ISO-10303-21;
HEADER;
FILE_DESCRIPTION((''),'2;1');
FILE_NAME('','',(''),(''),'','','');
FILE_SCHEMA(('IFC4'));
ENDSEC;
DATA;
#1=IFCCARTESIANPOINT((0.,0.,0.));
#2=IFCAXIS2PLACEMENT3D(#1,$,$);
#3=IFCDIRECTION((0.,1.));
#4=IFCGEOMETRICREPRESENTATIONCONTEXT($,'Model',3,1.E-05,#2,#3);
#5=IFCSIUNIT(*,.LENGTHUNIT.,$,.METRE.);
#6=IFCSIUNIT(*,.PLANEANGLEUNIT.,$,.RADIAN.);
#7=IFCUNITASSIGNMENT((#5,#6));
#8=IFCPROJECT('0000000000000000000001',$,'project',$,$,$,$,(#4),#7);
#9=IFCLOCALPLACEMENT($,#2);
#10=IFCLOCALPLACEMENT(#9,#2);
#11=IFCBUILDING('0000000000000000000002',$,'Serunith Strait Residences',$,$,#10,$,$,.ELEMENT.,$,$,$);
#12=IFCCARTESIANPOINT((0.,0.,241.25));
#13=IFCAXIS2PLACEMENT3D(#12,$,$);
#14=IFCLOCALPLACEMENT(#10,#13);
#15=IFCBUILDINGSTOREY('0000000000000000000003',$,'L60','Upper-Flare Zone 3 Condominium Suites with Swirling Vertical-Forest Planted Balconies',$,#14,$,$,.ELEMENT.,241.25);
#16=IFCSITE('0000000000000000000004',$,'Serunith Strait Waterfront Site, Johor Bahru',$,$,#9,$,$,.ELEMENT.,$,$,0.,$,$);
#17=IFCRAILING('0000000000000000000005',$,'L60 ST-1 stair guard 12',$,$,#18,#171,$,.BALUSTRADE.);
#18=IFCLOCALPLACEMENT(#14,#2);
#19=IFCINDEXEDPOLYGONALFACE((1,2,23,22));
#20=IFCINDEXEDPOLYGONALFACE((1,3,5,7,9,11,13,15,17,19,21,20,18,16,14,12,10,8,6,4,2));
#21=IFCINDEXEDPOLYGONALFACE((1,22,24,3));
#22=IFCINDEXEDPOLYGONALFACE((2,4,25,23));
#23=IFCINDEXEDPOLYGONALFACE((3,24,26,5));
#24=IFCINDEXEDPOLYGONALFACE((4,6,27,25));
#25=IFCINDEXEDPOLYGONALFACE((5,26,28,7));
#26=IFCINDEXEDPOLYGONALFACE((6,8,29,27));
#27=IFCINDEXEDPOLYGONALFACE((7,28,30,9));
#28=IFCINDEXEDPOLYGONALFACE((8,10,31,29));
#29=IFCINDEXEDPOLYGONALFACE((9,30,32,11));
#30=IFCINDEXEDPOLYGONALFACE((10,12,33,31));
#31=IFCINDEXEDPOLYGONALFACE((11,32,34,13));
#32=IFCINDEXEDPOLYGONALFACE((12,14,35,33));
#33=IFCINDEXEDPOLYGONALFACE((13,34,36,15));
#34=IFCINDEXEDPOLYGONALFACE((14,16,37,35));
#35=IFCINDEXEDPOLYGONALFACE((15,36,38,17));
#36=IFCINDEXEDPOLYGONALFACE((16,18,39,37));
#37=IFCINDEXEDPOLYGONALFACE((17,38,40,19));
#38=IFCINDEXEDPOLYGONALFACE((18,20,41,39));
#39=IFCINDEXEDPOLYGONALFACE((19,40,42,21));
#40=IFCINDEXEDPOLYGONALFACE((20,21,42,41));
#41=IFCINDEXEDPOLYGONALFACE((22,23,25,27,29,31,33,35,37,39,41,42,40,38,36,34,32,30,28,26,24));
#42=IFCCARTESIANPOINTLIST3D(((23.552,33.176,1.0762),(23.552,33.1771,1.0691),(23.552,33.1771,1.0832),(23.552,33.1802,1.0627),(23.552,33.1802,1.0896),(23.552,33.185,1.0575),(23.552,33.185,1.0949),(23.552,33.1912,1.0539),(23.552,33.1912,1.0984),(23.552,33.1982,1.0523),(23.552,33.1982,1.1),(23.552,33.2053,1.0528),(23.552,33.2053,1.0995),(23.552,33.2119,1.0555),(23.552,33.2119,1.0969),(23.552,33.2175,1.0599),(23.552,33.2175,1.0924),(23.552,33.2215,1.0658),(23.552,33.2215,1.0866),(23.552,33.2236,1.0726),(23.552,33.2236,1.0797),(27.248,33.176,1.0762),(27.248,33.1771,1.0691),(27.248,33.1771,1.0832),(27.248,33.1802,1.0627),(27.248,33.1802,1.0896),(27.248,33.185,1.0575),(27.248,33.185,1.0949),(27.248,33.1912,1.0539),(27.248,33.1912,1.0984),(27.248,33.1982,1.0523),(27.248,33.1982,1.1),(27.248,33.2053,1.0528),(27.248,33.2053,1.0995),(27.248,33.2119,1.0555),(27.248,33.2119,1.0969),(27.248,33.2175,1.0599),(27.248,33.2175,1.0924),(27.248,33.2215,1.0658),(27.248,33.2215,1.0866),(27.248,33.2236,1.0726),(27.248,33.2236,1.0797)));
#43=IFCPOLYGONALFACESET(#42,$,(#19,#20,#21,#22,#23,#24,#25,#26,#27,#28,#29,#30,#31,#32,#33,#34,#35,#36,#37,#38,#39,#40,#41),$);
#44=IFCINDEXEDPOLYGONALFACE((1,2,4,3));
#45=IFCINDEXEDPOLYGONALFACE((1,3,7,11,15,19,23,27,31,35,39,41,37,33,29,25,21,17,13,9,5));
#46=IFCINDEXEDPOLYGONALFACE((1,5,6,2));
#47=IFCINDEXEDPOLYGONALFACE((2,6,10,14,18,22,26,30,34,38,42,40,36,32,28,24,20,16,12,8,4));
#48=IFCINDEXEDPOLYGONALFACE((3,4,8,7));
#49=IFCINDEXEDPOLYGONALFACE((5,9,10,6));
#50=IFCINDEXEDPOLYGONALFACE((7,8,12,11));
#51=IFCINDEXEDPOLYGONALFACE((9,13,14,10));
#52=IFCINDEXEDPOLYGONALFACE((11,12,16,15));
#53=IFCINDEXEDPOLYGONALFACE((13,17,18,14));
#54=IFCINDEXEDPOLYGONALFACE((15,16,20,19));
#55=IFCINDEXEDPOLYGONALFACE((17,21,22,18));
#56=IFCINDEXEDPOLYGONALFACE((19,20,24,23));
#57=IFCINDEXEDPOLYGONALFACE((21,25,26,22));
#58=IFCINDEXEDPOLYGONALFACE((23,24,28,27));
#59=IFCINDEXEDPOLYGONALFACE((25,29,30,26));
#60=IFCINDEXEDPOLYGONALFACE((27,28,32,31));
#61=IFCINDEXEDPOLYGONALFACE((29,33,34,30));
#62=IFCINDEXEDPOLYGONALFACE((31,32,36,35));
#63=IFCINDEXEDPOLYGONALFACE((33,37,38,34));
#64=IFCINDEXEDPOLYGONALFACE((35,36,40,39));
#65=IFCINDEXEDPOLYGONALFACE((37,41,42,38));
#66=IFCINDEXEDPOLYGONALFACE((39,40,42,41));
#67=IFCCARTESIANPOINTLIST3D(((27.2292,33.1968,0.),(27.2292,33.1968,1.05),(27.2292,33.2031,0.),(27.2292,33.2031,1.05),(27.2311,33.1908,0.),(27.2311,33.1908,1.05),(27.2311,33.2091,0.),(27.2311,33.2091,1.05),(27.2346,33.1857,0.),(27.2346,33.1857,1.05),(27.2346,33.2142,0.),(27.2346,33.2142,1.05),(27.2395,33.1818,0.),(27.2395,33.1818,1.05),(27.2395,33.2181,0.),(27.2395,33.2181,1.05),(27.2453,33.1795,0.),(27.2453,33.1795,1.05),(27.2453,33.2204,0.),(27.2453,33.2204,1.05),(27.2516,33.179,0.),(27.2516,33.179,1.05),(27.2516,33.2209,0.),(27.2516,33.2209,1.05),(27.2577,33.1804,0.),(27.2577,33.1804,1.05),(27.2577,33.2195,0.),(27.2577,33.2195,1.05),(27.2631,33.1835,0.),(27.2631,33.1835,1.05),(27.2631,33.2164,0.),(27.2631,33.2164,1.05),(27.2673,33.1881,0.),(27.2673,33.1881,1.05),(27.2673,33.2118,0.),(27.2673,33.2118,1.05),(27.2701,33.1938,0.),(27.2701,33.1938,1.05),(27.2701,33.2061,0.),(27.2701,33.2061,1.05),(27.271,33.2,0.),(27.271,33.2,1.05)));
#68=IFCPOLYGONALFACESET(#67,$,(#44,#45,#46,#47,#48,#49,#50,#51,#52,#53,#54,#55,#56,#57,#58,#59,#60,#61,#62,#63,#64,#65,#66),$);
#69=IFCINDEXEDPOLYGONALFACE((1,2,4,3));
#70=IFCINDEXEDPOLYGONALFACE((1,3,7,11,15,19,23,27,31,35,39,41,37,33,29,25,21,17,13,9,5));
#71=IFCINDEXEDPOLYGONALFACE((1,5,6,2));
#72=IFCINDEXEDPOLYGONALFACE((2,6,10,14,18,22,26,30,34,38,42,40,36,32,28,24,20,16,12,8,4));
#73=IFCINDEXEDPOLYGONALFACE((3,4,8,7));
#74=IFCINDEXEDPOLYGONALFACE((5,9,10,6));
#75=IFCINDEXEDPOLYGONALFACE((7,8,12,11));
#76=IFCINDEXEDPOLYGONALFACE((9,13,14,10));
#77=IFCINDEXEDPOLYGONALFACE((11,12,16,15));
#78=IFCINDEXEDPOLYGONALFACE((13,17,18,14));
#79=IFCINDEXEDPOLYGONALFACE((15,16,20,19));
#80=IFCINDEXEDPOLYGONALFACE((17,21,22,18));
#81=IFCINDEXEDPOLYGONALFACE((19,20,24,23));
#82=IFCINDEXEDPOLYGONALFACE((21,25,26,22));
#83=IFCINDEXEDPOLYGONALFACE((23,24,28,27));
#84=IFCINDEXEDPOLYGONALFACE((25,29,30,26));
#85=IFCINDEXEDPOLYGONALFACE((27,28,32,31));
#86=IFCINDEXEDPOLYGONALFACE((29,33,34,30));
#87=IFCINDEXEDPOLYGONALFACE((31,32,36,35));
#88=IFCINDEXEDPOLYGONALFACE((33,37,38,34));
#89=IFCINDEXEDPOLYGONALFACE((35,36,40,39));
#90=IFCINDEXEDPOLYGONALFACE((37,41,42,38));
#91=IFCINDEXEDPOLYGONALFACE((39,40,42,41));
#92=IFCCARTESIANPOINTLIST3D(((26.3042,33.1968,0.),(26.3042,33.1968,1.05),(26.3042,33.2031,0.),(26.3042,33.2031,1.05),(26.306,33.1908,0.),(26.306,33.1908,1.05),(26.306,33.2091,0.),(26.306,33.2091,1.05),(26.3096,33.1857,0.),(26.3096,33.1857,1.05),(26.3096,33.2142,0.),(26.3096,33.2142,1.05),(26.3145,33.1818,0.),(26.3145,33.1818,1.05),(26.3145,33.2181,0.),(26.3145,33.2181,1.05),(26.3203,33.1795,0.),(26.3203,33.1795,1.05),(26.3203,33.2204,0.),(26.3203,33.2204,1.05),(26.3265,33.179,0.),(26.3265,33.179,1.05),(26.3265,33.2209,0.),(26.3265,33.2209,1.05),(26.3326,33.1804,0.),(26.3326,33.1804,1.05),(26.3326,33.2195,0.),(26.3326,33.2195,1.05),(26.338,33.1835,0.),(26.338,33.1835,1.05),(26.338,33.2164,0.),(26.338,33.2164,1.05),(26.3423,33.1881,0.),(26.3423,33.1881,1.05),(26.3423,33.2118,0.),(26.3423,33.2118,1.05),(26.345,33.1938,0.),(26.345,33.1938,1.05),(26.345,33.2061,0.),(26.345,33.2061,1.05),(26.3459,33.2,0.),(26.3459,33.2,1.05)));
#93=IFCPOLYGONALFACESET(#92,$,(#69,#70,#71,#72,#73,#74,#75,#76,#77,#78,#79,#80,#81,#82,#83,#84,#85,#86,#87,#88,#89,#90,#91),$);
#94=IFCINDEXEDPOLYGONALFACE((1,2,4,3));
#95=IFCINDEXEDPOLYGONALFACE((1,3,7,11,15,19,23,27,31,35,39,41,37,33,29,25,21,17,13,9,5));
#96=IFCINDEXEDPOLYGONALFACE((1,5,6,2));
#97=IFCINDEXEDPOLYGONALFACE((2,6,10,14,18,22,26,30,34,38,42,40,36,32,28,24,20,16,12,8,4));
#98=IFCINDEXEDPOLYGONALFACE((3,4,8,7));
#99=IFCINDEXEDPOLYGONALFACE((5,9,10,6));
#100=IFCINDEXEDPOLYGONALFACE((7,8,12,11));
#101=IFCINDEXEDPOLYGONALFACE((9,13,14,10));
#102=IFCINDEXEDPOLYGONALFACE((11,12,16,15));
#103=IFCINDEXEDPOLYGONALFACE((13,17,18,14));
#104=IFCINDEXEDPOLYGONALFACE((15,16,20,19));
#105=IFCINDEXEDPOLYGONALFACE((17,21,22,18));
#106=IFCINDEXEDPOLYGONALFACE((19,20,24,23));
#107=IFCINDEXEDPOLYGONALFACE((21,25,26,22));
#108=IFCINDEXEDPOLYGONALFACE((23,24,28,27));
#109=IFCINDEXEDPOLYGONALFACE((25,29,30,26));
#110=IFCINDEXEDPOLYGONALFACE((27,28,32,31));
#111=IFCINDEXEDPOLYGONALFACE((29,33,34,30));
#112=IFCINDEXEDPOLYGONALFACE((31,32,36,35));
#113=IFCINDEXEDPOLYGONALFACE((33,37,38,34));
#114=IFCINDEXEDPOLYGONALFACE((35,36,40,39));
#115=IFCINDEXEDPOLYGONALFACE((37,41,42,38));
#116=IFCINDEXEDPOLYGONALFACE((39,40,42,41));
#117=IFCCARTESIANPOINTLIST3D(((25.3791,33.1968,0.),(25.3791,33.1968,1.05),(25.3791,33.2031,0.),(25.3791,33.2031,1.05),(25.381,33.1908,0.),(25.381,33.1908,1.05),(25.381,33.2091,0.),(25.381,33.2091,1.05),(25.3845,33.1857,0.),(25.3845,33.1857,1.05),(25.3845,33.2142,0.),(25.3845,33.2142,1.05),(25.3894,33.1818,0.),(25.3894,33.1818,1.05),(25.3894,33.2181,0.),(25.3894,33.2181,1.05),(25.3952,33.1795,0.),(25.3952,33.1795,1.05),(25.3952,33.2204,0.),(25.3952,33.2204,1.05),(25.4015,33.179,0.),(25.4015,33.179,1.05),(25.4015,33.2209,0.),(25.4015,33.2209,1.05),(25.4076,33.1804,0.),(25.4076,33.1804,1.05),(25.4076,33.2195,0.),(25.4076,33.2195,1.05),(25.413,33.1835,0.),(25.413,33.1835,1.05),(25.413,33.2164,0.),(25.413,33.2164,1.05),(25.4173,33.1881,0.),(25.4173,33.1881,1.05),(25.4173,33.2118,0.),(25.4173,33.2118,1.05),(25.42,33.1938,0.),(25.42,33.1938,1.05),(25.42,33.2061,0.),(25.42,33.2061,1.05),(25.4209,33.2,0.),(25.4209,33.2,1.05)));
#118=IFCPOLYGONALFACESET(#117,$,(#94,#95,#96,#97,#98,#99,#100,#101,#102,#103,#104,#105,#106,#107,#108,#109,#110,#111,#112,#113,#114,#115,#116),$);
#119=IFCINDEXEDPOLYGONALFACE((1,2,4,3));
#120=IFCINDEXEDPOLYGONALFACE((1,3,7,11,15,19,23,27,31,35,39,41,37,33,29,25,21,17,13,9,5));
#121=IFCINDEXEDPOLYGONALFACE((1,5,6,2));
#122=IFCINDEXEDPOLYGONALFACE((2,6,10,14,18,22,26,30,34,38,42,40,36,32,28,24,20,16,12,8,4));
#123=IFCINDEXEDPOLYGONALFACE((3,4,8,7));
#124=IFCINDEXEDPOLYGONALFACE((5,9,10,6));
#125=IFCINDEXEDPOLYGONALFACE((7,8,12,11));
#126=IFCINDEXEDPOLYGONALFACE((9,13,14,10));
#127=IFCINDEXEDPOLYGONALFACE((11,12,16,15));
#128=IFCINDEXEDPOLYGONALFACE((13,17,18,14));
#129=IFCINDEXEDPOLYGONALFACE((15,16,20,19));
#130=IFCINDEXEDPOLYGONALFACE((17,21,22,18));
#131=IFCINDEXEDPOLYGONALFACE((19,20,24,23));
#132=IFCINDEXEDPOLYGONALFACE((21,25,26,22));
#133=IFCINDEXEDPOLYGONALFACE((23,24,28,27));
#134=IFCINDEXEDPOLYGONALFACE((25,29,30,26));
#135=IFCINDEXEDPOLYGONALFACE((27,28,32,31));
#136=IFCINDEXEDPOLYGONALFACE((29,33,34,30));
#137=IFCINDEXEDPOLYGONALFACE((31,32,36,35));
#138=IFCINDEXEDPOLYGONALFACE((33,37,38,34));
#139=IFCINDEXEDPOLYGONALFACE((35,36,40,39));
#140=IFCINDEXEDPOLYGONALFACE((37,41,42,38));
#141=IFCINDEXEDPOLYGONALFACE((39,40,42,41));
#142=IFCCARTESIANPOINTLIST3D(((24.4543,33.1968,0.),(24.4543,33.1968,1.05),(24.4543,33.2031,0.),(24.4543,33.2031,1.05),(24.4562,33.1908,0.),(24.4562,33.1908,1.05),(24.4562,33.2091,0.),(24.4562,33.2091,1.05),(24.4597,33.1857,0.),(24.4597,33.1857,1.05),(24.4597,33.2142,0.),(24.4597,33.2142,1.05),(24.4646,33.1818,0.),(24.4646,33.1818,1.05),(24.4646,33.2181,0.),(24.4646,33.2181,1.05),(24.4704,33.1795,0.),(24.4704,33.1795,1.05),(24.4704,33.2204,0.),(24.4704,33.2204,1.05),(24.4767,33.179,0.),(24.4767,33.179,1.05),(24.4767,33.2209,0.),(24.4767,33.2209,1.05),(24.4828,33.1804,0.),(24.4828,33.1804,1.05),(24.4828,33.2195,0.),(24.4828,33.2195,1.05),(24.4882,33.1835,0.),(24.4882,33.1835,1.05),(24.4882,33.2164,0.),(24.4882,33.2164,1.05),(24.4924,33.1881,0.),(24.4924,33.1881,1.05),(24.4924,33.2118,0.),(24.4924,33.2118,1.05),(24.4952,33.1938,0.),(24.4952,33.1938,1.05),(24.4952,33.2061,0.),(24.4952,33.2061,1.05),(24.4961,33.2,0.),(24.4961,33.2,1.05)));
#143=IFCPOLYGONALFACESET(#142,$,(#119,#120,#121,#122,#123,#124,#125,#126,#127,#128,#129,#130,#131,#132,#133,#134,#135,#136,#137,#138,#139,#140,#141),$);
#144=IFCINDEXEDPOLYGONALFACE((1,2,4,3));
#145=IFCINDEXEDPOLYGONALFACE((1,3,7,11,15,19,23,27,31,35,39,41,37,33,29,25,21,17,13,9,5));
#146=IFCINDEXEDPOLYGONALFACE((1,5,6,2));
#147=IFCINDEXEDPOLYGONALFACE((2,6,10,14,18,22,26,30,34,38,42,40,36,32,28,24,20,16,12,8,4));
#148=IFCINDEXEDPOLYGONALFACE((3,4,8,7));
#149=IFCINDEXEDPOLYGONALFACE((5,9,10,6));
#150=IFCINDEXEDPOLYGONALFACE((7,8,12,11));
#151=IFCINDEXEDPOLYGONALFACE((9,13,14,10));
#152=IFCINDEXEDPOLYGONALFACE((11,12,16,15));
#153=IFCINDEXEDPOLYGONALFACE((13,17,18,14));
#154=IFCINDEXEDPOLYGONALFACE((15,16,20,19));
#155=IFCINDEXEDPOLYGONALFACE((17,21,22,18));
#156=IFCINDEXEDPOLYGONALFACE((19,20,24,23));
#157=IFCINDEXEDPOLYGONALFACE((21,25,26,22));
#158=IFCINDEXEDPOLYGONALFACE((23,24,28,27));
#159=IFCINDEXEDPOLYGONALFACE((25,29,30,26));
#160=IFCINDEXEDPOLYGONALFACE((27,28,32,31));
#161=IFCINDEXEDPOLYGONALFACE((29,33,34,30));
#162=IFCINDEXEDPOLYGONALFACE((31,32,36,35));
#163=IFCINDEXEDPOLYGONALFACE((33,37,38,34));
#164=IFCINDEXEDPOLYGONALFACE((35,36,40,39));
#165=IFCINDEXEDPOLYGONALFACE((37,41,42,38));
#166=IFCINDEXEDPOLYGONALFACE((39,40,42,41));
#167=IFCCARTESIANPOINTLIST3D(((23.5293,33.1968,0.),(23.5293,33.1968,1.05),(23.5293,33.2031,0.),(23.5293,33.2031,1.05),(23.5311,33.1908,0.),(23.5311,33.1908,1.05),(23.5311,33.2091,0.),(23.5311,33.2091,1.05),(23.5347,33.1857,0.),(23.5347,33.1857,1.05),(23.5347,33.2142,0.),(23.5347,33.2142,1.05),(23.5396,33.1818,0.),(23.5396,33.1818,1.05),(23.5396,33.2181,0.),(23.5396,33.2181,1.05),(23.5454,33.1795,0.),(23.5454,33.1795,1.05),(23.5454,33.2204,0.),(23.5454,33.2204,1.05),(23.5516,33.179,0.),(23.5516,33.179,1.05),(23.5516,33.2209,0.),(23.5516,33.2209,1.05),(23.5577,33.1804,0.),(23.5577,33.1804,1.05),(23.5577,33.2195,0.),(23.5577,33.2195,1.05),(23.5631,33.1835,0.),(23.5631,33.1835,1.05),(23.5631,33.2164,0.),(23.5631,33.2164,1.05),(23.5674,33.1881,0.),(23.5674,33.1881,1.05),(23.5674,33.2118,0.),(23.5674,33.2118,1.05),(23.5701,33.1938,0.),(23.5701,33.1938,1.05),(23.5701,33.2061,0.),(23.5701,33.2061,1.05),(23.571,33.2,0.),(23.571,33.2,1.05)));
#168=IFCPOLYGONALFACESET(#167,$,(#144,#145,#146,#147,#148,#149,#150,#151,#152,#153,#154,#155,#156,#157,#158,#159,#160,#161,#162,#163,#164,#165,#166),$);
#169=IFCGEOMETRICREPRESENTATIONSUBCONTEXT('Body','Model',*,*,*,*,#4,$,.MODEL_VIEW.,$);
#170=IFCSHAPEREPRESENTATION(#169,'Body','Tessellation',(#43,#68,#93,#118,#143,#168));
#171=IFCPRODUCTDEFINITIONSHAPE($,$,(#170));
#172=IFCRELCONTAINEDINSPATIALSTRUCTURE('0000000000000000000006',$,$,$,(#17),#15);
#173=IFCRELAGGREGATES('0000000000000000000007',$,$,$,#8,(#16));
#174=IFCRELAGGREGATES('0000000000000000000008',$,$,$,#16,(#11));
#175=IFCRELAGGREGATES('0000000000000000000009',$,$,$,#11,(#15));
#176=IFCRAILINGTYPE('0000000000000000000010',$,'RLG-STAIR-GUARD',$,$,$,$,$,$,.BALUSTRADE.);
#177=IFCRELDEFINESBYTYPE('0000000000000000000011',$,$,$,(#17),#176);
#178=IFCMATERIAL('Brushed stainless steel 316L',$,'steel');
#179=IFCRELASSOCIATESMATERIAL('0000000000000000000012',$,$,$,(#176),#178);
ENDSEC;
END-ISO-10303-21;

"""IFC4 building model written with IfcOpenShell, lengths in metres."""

from ifc_helpers import new_model, si_unit, direction, frame, origin, origin_2d, place, context, subcontext, project, spatial, circle, extrude, material, type_object, element, save


model = new_model("IFC4")

# Units and contexts
model_context = context("Model", 3, precision=1e-05, world=origin(), true_north=direction((0.0, 1.0)))
body_context = subcontext(model_context, "Body", "Model", "MODEL_VIEW")
ifc_project = project(units=[si_unit("LENGTHUNIT", "METRE"), si_unit("PLANEANGLEUNIT", "RADIAN")], contexts=[model_context])

# Site, building, storey
site_placement = place(None, origin())
site = spatial("IfcSite", under=ifc_project, at=site_placement, Name="Serunith Strait Waterfront Site, Johor Bahru", CompositionType="ELEMENT", RefElevation=0.0)
building_placement = place(site_placement, origin())
building = spatial("IfcBuilding", under=site, at=building_placement, Name="Serunith Strait Residences", CompositionType="ELEMENT")
storey_placement = place(building_placement, frame((0.0, 0.0, 241.25)))
storey = spatial("IfcBuildingStorey", under=building, at=storey_placement, Name="L60", Description="Upper-Flare Zone 3 Condominium Suites with Swirling Vertical-Forest Planted Balconies", CompositionType="ELEMENT", Elevation=241.25)

# Railing
ifc_material_1 = material(Name="Brushed stainless steel 316L", Category="steel")
railing_type = type_object("IfcRailingType", Name="RLG-STAIR-GUARD", PredefinedType="BALUSTRADE", material=ifc_material_1)
railing_1_placement = place(storey_placement, frame((27.25, 33.2, 0.0)))
element("IfcRailing", 1, at=railing_1_placement, inside=storey, type_object=railing_type, Name="L60 ST-1 stair guard 12", PredefinedType="BALUSTRADE", context=body_context, shape_type="SweptSolid", body=[
    extrude(circle(Radius=0.0239, at=origin_2d()), frame((-0.002, 0.0, 1.0762), z_axis=(-1.0, 0.0, 0.0), x_axis=(0.0, -1.0, 0.0)), (0.0, 0.0, 1.0), 3.696),
    extrude(circle(Radius=0.021, at=origin_2d()), origin(), (0.0, 0.0, 1.0), 1.05),
    extrude(circle(Radius=0.021, at=origin_2d()), frame((-0.925, 0.0, 0.0)), (0.0, 0.0, 1.0), 1.05),
    extrude(circle(Radius=0.021, at=origin_2d()), frame((-1.8501, 0.0, 0.0)), (0.0, 0.0, 1.0), 1.05),
    extrude(circle(Radius=0.021, at=origin_2d()), frame((-2.7749, 0.0, 0.0)), (0.0, 0.0, 1.0), 1.05),
    extrude(circle(Radius=0.021, at=origin_2d()), frame((-3.7, 0.0, 0.0)), (0.0, 0.0, 1.0), 1.05),
])

save(model, "model.ifc")
